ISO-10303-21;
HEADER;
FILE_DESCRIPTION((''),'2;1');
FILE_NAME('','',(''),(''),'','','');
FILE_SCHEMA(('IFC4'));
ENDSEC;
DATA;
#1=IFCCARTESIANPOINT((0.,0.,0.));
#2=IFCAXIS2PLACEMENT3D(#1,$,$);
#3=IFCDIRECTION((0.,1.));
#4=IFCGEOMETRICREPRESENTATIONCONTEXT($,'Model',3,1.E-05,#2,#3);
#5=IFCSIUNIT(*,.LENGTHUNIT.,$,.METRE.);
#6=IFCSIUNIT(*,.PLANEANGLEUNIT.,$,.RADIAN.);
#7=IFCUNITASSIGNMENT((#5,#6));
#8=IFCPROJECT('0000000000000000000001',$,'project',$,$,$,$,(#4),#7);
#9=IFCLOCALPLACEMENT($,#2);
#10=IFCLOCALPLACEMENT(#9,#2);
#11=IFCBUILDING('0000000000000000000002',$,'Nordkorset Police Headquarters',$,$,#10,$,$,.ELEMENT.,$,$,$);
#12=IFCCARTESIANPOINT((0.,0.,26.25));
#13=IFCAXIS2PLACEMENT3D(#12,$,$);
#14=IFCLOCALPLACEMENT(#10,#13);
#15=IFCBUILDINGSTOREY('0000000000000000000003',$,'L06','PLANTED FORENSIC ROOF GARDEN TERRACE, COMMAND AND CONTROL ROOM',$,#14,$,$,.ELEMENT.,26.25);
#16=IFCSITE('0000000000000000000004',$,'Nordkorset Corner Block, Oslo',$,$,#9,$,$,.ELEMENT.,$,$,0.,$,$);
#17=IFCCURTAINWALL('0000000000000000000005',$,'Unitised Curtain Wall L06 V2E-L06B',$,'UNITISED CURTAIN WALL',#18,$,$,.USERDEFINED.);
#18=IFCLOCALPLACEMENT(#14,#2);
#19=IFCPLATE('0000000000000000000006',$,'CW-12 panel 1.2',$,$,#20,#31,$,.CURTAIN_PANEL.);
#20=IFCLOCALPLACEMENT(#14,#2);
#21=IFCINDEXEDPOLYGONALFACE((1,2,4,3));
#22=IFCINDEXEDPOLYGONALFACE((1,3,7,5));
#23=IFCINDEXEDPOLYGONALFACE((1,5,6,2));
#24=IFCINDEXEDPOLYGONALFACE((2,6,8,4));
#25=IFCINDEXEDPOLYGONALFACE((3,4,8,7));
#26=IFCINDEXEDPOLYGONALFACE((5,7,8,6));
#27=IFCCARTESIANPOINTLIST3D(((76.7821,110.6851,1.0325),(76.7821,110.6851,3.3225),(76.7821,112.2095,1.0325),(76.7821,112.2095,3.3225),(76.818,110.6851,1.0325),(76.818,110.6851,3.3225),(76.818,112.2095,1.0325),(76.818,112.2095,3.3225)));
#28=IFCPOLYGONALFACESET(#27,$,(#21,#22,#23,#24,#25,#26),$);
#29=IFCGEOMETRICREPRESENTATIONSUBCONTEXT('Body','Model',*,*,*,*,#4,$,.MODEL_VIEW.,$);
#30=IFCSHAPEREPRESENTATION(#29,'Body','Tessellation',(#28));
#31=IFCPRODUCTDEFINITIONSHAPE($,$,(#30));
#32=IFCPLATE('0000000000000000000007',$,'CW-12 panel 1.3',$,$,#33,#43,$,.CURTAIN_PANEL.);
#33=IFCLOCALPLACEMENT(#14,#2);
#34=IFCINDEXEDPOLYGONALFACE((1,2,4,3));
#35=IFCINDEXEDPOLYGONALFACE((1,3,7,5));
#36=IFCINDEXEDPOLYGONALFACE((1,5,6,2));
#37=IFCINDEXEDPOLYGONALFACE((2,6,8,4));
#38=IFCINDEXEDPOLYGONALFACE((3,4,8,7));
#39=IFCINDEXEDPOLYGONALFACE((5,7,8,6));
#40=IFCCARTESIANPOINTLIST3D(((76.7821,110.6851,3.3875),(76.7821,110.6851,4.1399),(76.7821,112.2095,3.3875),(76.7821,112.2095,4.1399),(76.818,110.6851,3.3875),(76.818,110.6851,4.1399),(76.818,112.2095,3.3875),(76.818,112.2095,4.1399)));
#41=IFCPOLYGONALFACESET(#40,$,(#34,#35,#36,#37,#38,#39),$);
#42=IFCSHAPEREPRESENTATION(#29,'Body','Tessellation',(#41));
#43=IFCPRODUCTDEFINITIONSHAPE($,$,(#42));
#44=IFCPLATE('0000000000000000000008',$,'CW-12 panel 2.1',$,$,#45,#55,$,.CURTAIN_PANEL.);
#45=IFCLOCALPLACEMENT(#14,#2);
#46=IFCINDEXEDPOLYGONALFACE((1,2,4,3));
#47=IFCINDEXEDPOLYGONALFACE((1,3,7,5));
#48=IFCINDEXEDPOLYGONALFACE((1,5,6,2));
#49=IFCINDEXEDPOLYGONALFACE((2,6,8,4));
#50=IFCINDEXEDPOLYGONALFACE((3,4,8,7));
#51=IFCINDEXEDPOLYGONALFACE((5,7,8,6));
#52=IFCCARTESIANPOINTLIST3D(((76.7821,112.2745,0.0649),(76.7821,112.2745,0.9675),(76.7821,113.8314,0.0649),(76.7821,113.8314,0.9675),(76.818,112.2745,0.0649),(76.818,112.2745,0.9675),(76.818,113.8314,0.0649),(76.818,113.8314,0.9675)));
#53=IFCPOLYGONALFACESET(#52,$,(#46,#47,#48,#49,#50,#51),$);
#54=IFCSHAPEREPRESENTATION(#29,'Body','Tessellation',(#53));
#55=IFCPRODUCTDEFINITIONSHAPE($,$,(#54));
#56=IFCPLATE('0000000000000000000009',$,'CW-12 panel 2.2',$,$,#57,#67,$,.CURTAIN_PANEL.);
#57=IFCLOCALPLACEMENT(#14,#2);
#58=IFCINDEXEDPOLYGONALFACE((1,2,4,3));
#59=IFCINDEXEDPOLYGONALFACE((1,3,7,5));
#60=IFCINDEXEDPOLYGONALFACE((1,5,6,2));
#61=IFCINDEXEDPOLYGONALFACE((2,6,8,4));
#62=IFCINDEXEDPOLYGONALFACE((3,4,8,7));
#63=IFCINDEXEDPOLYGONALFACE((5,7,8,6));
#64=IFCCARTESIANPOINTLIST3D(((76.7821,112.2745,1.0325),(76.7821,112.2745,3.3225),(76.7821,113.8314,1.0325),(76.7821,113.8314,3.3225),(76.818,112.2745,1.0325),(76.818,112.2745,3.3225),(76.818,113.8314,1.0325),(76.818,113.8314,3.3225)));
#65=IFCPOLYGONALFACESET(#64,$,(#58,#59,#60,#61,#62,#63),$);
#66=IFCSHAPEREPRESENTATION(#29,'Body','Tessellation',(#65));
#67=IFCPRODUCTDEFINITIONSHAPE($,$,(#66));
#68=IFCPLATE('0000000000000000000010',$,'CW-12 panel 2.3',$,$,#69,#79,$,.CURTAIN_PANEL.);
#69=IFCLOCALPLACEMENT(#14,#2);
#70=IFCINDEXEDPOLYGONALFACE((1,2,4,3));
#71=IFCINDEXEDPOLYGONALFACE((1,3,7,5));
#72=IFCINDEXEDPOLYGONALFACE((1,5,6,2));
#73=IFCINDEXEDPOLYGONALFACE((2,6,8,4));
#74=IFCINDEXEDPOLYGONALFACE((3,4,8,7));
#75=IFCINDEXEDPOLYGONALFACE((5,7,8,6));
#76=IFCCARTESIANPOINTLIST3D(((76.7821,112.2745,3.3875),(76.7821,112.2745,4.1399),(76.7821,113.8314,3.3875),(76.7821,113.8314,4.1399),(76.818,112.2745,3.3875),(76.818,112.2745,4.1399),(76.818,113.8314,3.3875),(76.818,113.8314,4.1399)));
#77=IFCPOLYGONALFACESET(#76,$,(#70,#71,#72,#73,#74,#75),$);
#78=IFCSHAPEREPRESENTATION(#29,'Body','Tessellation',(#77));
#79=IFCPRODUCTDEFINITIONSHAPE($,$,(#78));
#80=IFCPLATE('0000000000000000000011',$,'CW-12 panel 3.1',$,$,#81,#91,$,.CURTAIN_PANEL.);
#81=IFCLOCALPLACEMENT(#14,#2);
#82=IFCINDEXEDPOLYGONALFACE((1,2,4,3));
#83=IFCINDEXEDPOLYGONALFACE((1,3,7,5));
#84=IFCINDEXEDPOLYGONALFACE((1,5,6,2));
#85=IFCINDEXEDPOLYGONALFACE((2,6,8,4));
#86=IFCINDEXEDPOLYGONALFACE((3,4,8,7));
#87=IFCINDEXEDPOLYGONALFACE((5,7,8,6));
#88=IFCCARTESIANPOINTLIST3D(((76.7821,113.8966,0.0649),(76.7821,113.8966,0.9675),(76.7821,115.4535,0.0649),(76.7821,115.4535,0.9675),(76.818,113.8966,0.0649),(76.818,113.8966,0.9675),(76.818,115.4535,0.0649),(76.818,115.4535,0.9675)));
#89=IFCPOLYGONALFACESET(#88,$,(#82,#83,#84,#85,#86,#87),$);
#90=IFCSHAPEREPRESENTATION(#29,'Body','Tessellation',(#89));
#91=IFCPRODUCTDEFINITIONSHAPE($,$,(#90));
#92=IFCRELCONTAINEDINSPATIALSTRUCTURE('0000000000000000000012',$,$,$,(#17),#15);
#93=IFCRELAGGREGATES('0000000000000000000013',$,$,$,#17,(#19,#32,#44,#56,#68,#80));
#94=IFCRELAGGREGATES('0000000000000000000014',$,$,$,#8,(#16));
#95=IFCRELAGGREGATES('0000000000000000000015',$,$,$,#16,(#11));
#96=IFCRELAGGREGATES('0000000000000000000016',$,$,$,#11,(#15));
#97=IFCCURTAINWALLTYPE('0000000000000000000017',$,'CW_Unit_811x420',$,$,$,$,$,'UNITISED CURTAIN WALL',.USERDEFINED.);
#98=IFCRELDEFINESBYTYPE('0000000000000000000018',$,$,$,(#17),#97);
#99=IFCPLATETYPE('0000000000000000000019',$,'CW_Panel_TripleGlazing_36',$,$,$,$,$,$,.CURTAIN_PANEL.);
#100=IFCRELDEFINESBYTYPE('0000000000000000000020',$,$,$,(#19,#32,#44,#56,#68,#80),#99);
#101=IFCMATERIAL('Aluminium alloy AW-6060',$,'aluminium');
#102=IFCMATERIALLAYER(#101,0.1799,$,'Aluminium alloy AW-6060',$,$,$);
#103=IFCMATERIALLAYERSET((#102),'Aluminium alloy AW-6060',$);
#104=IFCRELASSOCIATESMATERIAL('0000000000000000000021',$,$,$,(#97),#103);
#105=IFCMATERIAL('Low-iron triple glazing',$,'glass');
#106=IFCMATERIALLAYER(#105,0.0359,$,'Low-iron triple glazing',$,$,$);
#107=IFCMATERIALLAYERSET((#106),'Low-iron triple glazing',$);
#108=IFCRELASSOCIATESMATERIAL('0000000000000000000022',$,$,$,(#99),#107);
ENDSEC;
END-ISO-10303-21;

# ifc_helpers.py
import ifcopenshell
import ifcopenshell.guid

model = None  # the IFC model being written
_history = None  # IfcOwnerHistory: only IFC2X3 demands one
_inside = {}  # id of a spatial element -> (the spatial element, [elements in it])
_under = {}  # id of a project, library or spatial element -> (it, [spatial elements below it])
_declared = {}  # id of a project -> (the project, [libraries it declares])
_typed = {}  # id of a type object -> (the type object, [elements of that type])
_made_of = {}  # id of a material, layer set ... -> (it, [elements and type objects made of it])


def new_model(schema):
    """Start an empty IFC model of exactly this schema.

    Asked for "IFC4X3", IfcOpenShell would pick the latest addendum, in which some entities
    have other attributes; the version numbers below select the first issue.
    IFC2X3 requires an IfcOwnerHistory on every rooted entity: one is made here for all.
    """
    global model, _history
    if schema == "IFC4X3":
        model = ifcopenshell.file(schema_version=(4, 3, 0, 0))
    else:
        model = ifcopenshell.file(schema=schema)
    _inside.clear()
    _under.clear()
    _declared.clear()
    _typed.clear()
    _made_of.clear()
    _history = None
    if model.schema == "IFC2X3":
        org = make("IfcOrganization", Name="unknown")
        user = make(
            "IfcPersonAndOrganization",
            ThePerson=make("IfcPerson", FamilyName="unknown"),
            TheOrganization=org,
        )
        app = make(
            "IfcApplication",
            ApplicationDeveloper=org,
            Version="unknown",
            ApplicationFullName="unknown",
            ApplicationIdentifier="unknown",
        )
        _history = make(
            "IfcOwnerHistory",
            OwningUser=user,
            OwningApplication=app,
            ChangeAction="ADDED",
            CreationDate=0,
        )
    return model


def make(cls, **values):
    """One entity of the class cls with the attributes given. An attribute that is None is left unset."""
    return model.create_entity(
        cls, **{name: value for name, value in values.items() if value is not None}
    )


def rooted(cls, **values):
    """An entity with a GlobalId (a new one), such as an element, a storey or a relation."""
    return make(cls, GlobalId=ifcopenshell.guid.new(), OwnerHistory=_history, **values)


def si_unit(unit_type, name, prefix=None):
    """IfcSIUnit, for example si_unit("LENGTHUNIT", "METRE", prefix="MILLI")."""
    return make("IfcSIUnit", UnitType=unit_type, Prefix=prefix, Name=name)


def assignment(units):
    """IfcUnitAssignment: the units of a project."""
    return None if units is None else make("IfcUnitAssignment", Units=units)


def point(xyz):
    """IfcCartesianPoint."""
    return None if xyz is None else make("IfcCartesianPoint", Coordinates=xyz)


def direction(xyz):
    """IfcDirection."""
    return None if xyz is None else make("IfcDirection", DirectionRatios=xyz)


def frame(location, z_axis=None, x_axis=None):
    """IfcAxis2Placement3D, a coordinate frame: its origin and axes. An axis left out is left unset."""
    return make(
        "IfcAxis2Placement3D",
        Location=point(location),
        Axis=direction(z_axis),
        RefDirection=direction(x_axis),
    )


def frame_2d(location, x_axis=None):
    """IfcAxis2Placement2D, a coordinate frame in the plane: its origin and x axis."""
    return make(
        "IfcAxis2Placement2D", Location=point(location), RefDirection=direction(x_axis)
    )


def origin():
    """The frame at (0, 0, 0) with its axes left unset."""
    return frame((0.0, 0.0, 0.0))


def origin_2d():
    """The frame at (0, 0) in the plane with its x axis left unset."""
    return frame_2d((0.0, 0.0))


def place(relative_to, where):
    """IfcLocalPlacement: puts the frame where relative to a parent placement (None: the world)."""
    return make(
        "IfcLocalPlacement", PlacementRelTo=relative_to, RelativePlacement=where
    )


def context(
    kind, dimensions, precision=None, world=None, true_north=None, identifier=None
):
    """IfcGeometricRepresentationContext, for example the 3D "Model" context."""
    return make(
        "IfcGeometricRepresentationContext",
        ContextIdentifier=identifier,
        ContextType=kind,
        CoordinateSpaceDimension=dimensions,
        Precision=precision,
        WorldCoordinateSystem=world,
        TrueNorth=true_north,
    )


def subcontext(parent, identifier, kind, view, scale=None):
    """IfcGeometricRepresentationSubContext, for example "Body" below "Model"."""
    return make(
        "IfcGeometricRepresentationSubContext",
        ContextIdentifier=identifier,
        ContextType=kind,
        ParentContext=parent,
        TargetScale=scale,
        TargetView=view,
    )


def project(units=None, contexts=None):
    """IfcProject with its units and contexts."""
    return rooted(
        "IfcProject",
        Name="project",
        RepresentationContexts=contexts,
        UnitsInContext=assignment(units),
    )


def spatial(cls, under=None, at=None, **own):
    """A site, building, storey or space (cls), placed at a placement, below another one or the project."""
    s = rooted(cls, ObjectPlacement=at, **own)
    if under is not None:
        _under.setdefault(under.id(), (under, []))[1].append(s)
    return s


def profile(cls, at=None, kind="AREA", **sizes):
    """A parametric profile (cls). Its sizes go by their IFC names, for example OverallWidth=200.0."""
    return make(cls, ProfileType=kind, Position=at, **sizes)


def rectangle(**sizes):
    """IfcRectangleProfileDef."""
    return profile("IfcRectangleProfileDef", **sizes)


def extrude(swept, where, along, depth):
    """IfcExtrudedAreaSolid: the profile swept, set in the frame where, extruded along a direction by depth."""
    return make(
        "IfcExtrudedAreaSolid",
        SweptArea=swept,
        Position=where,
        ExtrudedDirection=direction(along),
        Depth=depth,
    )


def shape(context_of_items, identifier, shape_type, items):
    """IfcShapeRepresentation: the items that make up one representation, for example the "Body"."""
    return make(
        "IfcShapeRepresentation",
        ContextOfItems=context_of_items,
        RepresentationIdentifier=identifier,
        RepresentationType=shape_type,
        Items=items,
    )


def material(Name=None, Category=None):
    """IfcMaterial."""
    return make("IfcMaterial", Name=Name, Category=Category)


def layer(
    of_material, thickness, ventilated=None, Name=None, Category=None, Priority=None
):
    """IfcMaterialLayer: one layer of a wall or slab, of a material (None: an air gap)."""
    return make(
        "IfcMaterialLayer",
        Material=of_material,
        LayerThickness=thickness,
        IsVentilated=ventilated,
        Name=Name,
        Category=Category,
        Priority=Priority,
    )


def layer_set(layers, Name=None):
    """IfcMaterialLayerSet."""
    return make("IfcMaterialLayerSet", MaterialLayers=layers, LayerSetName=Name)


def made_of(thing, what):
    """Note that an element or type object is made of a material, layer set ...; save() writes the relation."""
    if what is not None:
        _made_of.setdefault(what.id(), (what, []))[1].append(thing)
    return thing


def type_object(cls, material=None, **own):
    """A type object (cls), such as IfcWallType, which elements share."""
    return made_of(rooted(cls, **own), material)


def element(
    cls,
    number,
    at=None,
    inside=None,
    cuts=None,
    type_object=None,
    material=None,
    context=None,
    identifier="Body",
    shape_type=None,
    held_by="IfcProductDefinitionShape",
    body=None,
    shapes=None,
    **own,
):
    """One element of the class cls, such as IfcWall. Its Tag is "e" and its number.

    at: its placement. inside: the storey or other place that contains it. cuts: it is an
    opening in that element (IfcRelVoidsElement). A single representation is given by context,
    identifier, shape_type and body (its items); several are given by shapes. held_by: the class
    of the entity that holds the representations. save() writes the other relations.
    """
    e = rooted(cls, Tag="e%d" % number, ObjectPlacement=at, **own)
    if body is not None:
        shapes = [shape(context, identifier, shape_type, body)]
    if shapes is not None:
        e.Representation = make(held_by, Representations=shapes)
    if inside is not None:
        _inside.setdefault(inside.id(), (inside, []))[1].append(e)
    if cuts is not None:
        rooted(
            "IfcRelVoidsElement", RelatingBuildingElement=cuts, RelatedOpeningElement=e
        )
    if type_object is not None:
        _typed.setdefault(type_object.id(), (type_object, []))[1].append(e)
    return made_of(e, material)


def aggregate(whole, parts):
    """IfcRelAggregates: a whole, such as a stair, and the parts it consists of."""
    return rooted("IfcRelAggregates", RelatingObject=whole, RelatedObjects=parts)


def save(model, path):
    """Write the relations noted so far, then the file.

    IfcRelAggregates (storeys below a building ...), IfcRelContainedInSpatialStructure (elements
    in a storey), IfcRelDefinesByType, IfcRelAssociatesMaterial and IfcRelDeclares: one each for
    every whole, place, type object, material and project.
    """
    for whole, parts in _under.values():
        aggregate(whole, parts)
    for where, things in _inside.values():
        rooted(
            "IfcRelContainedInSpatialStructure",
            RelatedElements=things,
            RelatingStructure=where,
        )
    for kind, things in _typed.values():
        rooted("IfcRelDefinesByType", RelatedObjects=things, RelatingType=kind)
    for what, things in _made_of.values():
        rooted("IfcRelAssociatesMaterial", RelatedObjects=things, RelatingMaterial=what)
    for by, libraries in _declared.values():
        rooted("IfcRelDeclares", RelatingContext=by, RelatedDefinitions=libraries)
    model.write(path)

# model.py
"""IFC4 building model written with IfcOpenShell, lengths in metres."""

from ifc_helpers import new_model, si_unit, direction, frame, origin, origin_2d, place, context, subcontext, project, spatial, rectangle, extrude, material, layer, layer_set, type_object, element, aggregate, save


model = new_model("IFC4")

# Units and contexts
model_context = context("Model", 3, precision=1e-05, world=origin(), true_north=direction((0.0, 1.0)))
body_context = subcontext(model_context, "Body", "Model", "MODEL_VIEW")
ifc_project = project(units=[si_unit("LENGTHUNIT", "METRE"), si_unit("PLANEANGLEUNIT", "RADIAN")], contexts=[model_context])

# Site, building, storey
site_placement = place(None, origin())
site = spatial("IfcSite", under=ifc_project, at=site_placement, Name="Nordkorset Corner Block, Oslo", CompositionType="ELEMENT", RefElevation=0.0)
building_placement = place(site_placement, origin())
building = spatial("IfcBuilding", under=site, at=building_placement, Name="Nordkorset Police Headquarters", CompositionType="ELEMENT")
storey_placement = place(building_placement, frame((0.0, 0.0, 26.25)))
storey = spatial("IfcBuildingStorey", under=building, at=storey_placement, Name="L06", Description="PLANTED FORENSIC ROOF GARDEN TERRACE, COMMAND AND CONTROL ROOM", CompositionType="ELEMENT", Elevation=26.25)

# Curtain wall, plates
ifc_material_1 = material(Name="Aluminium alloy AW-6060", Category="aluminium")
ifc_layer_1 = layer(ifc_material_1, 0.1799, Name="Aluminium alloy AW-6060")
ifc_layer_set_1 = layer_set([ifc_layer_1], Name="Aluminium alloy AW-6060")
curtain_wall_type = type_object("IfcCurtainWallType", Name="CW_Unit_811x420", ElementType="UNITISED CURTAIN WALL", PredefinedType="USERDEFINED", material=ifc_layer_set_1)
curtain_wall_placement = place(storey_placement, origin())
curtain_wall = element("IfcCurtainWall", 1, at=curtain_wall_placement, inside=storey, type_object=curtain_wall_type, Name="Unitised Curtain Wall L06 V2E-L06B", ObjectType="UNITISED CURTAIN WALL", PredefinedType="USERDEFINED")
ifc_material_2 = material(Name="Low-iron triple glazing", Category="glass")
ifc_layer_2 = layer(ifc_material_2, 0.0359, Name="Low-iron triple glazing")
ifc_layer_set_2 = layer_set([ifc_layer_2], Name="Low-iron triple glazing")
plate_type = type_object("IfcPlateType", Name="CW_Panel_TripleGlazing_36", PredefinedType="CURTAIN_PANEL", material=ifc_layer_set_2)
plate_1_placement = place(storey_placement, frame((76.8, 111.4473, 1.0325), z_axis=(0.0, 0.0, 1.0), x_axis=(0.0, 1.0, 0.0)))
plate_1 = element("IfcPlate", 2, at=plate_1_placement, type_object=plate_type, Name="CW-12 panel 1.2", PredefinedType="CURTAIN_PANEL", context=body_context, shape_type="SweptSolid", body=[
    extrude(rectangle(XDim=1.5244, YDim=0.0359, at=origin_2d()), origin(), (0.0, 0.0, 1.0), 2.29),
])
plate_2_placement = place(storey_placement, frame((76.8, 111.4473, 3.3875), z_axis=(0.0, 0.0, 1.0), x_axis=(0.0, 1.0, 0.0)))
plate_2 = element("IfcPlate", 3, at=plate_2_placement, type_object=plate_type, Name="CW-12 panel 1.3", PredefinedType="CURTAIN_PANEL", context=body_context, shape_type="SweptSolid", body=[
    extrude(rectangle(XDim=1.5244, YDim=0.0359, at=origin_2d()), origin(), (0.0, 0.0, 1.0), 0.7524),
])
plate_3_placement = place(storey_placement, frame((76.8, 113.053, 0.0649), z_axis=(0.0, 0.0, 1.0), x_axis=(0.0, 1.0, 0.0)))
plate_3 = element("IfcPlate", 4, at=plate_3_placement, type_object=plate_type, Name="CW-12 panel 2.1", PredefinedType="CURTAIN_PANEL", context=body_context, shape_type="SweptSolid", body=[
    extrude(rectangle(XDim=1.5569, YDim=0.0359, at=origin_2d()), origin(), (0.0, 0.0, 1.0), 0.9026),
])
plate_4_placement = place(storey_placement, frame((76.8, 113.053, 1.0325), z_axis=(0.0, 0.0, 1.0), x_axis=(0.0, 1.0, 0.0)))
plate_4 = element("IfcPlate", 5, at=plate_4_placement, type_object=plate_type, Name="CW-12 panel 2.2", PredefinedType="CURTAIN_PANEL", context=body_context, shape_type="SweptSolid", body=[
    extrude(rectangle(XDim=1.5569, YDim=0.0359, at=origin_2d()), origin(), (0.0, 0.0, 1.0), 2.29),
])
plate_5_placement = place(storey_placement, frame((76.8, 113.053, 3.3875), z_axis=(0.0, 0.0, 1.0), x_axis=(0.0, 1.0, 0.0)))
plate_5 = element("IfcPlate", 6, at=plate_5_placement, type_object=plate_type, Name="CW-12 panel 2.3", PredefinedType="CURTAIN_PANEL", context=body_context, shape_type="SweptSolid", body=[
    extrude(rectangle(XDim=1.5569, YDim=0.0359, at=origin_2d()), origin(), (0.0, 0.0, 1.0), 0.7524),
])
plate_6_placement = place(storey_placement, frame((76.8, 114.675, 0.0649), z_axis=(0.0, 0.0, 1.0), x_axis=(0.0, 1.0, 0.0)))
plate_6 = element("IfcPlate", 7, at=plate_6_placement, type_object=plate_type, Name="CW-12 panel 3.1", PredefinedType="CURTAIN_PANEL", context=body_context, shape_type="SweptSolid", body=[
    extrude(rectangle(XDim=1.5569, YDim=0.0359, at=origin_2d()), origin(), (0.0, 0.0, 1.0), 0.9026),
])
aggregate(curtain_wall, [plate_1, plate_2, plate_3, plate_4, plate_5, plate_6])

save(model, "model.ifc")
